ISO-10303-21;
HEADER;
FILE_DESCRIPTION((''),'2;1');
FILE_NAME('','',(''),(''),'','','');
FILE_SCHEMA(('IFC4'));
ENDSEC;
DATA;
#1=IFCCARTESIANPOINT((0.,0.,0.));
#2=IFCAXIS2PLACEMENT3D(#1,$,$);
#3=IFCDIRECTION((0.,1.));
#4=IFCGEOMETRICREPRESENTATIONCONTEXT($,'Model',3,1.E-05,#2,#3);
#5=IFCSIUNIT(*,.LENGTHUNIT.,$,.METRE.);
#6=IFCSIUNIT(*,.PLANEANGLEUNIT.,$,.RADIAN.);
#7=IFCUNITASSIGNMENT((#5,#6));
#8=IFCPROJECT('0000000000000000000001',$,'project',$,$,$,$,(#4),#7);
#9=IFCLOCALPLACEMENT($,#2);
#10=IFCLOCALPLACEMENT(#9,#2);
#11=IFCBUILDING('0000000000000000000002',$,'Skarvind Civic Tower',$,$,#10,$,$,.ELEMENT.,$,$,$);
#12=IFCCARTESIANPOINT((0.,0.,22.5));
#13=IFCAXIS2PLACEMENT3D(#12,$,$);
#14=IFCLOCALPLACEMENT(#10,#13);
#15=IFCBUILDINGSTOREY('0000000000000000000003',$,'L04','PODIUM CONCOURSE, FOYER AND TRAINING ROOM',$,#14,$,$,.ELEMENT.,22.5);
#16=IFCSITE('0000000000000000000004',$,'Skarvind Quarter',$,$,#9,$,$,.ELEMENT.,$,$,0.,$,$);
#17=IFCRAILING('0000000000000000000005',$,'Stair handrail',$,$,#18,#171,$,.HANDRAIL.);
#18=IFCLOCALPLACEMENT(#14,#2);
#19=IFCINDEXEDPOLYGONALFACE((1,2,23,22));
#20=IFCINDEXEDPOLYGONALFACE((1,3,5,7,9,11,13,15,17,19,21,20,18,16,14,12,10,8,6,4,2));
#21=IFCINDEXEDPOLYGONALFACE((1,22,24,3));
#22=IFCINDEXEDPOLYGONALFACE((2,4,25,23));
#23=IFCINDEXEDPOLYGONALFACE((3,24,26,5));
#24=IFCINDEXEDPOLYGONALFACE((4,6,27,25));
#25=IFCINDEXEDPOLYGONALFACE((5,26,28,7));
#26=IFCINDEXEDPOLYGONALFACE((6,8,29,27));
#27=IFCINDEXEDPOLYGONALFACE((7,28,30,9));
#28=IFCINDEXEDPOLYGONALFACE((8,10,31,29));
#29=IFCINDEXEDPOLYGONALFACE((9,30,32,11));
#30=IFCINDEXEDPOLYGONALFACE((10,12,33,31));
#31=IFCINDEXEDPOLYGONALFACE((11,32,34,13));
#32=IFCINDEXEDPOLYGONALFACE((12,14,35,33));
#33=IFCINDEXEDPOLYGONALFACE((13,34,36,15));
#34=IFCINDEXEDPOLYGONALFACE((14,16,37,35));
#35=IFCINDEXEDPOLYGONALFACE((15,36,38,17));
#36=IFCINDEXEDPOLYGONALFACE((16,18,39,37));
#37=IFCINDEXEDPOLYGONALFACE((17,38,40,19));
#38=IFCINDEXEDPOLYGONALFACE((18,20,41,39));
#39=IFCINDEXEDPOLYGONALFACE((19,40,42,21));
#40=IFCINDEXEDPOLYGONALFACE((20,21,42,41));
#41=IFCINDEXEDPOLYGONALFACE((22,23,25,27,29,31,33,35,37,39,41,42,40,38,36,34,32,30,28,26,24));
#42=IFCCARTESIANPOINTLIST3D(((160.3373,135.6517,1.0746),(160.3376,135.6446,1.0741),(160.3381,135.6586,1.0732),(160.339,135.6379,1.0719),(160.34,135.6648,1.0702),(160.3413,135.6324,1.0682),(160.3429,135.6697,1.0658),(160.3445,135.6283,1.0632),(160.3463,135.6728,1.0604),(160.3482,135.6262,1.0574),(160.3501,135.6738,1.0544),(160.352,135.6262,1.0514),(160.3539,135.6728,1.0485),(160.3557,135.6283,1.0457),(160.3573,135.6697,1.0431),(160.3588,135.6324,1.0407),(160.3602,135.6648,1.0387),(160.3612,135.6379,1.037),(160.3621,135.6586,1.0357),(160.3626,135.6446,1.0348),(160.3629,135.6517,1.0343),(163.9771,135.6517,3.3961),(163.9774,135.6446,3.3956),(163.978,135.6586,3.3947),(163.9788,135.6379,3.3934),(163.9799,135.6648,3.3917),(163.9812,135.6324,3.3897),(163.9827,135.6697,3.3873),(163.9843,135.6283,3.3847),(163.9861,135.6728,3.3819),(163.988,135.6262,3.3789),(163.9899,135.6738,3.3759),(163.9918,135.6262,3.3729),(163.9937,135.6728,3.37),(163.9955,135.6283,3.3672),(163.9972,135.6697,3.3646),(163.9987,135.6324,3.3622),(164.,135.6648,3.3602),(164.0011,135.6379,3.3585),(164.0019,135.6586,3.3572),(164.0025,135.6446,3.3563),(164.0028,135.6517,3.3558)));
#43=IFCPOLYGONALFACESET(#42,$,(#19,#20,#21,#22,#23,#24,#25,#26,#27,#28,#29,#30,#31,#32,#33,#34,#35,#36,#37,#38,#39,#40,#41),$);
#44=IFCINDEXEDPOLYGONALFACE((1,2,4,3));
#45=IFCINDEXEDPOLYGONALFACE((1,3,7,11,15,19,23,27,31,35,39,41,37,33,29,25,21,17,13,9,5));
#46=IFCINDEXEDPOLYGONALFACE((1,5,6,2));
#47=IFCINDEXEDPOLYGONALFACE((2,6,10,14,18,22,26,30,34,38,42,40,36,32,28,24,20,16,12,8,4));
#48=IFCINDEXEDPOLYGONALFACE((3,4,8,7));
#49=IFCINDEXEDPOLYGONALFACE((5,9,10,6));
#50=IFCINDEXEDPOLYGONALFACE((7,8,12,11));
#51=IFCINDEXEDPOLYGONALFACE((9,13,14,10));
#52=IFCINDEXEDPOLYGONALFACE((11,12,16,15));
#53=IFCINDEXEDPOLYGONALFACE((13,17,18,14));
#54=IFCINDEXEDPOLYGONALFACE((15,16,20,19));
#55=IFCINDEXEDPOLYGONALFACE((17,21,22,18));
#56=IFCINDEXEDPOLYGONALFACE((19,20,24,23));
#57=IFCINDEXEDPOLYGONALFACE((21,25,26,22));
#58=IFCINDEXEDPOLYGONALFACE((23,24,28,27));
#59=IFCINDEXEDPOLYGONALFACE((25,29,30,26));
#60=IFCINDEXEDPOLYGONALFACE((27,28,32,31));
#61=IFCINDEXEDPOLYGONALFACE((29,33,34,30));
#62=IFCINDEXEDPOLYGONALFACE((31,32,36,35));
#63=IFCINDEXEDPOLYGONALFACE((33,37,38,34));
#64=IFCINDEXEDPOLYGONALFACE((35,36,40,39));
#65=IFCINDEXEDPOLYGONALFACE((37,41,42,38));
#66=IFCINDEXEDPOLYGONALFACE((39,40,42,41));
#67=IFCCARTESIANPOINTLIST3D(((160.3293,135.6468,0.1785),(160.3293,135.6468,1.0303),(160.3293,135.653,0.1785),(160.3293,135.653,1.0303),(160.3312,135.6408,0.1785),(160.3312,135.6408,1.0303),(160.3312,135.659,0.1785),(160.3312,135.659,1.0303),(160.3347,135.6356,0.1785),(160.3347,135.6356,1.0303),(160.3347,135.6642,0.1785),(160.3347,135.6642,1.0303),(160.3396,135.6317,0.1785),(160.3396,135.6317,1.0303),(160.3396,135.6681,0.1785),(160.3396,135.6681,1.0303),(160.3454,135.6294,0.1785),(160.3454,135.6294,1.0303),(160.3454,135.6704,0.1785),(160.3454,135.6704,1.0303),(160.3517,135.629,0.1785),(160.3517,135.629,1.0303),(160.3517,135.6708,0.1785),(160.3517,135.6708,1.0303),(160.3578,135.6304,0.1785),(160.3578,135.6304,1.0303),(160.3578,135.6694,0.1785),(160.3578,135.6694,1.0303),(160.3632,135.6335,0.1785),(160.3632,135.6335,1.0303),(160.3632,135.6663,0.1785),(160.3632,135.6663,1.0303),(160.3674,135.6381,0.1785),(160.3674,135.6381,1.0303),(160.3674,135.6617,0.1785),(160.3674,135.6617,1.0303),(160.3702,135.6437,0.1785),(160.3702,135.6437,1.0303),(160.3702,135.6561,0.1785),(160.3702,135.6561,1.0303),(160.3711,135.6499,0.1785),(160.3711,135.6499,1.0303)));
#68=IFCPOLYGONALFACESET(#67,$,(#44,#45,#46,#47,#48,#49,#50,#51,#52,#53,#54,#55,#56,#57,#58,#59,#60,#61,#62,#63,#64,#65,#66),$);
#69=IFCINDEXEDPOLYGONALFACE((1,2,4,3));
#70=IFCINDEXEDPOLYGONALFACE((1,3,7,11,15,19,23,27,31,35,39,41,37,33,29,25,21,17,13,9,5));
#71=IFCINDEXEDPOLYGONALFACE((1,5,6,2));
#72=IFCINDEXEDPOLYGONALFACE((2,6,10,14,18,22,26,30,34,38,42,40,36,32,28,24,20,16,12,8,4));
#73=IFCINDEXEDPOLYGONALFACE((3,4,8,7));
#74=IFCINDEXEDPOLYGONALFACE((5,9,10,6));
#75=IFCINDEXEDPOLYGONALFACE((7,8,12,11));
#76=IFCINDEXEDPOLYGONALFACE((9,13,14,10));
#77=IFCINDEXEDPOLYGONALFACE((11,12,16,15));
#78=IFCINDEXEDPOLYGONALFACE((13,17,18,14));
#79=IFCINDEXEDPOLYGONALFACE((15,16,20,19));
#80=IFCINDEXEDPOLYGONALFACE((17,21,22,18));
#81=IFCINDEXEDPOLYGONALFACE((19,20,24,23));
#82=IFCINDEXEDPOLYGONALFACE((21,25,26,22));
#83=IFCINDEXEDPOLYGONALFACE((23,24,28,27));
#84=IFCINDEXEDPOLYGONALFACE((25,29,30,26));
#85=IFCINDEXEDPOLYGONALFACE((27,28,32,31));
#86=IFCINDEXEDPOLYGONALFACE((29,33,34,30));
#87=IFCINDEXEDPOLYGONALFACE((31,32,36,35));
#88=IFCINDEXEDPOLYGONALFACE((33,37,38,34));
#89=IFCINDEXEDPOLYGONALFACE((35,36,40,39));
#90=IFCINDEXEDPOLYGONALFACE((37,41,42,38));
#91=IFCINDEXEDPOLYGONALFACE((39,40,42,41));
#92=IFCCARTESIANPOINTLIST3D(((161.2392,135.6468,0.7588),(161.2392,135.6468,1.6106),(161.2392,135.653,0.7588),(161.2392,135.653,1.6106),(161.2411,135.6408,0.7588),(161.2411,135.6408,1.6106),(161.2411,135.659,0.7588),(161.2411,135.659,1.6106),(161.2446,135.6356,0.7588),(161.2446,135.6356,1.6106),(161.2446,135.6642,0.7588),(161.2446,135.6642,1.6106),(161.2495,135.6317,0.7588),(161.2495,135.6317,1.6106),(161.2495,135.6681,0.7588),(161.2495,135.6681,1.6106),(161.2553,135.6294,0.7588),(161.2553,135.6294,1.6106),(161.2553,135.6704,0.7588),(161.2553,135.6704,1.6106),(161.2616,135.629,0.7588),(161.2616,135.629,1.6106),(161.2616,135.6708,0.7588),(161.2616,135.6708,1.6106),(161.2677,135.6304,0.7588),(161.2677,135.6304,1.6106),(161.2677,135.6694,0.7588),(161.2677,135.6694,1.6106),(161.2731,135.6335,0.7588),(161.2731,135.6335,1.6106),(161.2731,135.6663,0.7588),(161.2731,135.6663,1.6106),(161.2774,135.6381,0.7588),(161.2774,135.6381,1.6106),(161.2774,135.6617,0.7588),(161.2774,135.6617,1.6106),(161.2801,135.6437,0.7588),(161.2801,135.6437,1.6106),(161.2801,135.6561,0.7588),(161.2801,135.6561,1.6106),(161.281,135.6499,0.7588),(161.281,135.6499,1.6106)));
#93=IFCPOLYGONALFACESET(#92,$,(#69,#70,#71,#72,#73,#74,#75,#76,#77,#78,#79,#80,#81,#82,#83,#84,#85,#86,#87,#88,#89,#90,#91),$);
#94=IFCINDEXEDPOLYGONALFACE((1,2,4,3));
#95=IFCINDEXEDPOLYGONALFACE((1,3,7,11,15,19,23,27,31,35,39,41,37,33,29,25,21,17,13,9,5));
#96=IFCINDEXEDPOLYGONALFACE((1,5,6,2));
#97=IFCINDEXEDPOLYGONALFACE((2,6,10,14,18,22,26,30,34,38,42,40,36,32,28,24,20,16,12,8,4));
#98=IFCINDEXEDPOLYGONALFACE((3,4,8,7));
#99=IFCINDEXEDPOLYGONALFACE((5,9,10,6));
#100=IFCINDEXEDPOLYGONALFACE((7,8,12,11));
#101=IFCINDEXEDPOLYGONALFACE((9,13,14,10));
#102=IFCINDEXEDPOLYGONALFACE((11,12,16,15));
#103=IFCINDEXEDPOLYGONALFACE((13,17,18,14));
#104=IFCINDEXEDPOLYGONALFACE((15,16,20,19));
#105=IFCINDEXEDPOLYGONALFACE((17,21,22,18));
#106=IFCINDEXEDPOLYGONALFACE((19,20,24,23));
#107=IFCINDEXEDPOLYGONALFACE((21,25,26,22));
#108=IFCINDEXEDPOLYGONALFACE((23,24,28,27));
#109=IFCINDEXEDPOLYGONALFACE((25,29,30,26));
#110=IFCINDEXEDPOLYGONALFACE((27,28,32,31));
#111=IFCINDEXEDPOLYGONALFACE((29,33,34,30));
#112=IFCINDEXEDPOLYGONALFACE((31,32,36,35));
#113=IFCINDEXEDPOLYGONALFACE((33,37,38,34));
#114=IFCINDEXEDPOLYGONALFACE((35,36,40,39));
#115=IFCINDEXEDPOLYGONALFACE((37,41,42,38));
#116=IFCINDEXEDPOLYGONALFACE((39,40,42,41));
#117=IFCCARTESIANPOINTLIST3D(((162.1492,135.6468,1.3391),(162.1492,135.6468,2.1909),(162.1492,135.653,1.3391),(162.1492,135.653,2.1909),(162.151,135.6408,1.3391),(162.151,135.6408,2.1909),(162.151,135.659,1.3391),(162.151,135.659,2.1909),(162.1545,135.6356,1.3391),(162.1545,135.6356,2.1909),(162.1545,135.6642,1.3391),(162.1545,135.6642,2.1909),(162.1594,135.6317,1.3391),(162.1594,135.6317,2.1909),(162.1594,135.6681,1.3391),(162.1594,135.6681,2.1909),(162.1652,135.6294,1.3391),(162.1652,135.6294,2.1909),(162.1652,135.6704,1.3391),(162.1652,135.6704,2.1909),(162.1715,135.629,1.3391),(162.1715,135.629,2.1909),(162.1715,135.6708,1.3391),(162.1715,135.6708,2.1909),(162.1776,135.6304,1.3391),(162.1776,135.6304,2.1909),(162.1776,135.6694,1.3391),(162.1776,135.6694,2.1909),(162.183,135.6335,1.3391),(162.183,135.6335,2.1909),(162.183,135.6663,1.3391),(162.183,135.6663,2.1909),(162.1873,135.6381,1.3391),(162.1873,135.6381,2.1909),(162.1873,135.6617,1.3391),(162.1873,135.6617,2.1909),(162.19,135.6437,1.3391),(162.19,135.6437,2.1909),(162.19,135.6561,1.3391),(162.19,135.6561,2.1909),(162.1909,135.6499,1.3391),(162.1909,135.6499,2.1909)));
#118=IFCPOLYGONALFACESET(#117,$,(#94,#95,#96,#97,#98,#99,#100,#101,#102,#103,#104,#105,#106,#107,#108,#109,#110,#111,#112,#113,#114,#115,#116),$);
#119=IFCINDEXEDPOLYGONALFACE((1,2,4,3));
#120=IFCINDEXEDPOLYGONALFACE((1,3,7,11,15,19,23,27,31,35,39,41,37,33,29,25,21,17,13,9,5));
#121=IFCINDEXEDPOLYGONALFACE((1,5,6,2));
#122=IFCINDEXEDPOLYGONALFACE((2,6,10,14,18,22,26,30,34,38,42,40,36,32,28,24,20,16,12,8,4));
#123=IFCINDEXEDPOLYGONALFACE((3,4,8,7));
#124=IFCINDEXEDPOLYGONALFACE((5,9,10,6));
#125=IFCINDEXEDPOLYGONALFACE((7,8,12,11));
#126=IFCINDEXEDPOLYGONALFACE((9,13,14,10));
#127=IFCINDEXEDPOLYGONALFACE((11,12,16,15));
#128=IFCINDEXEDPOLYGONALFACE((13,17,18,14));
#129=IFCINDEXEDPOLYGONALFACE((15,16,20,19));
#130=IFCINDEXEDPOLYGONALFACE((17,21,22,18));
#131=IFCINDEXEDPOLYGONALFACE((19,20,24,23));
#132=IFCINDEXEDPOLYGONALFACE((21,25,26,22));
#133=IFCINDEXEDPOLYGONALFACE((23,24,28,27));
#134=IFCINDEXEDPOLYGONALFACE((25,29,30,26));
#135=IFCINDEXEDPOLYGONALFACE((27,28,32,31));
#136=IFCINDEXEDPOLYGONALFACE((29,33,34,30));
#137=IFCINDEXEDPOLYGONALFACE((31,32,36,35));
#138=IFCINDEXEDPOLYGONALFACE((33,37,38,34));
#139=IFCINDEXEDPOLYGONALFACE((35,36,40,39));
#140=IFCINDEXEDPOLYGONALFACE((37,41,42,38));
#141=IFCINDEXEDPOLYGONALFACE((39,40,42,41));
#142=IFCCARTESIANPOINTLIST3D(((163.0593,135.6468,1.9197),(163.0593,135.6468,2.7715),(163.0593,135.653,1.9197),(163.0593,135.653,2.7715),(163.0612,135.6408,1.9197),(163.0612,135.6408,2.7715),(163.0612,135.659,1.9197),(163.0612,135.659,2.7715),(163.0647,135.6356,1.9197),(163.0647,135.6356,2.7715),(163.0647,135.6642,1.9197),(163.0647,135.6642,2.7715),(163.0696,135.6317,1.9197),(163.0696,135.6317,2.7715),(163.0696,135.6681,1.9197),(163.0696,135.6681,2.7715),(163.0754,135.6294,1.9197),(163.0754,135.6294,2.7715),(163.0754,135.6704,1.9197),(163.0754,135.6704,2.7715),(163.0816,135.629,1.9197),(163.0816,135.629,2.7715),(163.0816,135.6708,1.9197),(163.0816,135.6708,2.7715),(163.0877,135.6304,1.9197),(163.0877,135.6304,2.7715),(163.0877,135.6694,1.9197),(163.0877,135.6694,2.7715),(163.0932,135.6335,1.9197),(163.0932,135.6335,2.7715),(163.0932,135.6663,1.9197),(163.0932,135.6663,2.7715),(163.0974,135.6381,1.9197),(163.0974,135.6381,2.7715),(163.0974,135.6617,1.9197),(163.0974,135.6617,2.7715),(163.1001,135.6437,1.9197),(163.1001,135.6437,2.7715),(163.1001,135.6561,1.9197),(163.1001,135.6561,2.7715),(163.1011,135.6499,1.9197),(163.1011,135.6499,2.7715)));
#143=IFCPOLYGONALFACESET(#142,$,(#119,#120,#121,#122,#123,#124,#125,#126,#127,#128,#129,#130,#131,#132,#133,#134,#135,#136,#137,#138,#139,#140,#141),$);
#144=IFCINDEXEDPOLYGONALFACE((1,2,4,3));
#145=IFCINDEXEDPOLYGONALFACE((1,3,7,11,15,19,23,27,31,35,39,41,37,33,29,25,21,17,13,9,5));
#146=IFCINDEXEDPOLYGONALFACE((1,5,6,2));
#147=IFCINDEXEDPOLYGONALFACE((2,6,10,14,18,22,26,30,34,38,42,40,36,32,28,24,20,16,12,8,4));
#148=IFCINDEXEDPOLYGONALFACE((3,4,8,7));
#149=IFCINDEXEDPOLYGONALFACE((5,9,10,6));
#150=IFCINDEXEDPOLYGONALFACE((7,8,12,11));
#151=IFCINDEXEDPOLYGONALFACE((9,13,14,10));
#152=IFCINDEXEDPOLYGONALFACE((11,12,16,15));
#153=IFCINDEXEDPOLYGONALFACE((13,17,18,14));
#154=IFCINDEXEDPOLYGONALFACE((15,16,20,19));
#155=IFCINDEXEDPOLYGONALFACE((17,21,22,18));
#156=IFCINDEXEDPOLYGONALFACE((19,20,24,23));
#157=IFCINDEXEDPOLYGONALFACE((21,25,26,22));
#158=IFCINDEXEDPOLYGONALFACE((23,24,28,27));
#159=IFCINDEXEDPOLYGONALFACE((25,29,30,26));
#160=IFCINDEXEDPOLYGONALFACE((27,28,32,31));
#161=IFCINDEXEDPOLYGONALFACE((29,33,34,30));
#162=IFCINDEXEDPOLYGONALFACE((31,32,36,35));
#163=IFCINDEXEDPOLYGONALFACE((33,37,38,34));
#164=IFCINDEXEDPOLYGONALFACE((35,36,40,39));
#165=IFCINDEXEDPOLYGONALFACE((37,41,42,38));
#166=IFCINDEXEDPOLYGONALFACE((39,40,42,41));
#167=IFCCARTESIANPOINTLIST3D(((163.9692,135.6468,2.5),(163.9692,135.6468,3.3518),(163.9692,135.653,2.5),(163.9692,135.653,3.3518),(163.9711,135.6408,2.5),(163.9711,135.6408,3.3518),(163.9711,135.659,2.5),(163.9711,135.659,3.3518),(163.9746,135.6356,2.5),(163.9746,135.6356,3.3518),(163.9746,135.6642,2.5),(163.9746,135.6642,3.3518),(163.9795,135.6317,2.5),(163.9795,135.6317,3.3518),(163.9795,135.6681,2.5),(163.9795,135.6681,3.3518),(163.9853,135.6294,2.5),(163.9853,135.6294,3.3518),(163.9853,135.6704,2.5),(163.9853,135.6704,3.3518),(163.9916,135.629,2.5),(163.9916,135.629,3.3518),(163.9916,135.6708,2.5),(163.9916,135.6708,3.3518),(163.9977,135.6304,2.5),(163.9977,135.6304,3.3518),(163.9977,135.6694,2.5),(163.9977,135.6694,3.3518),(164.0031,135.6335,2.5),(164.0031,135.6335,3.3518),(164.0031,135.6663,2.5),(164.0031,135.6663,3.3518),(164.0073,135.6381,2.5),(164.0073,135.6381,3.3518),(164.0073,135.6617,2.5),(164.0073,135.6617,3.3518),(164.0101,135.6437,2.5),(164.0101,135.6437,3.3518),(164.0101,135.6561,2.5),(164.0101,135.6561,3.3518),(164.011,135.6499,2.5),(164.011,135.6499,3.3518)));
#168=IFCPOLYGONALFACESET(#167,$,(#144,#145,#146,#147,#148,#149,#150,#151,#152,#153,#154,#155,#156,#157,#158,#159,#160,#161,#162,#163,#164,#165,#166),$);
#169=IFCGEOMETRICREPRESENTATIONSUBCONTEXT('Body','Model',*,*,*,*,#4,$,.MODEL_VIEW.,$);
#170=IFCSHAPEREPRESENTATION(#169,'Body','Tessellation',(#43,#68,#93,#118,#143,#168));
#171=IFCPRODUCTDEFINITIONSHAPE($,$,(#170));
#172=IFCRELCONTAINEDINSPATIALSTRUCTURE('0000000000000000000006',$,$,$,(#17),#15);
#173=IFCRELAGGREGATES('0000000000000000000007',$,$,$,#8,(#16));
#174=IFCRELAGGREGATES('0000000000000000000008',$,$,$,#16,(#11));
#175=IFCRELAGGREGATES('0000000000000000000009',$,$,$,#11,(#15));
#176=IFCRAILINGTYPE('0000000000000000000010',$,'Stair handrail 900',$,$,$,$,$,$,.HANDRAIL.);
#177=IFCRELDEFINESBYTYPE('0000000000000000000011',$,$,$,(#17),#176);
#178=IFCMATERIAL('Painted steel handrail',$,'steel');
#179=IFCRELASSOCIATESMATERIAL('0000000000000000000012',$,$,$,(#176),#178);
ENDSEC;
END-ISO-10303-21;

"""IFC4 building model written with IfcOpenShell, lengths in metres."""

from ifc_helpers import new_model, si_unit, direction, frame, origin, origin_2d, place, context, subcontext, project, spatial, circle, extrude, material, type_object, element, save


model = new_model("IFC4")

# Units and contexts
model_context = context("Model", 3, precision=1e-05, world=origin(), true_north=direction((0.0, 1.0)))
body_context = subcontext(model_context, "Body", "Model", "MODEL_VIEW")
ifc_project = project(units=[si_unit("LENGTHUNIT", "METRE"), si_unit("PLANEANGLEUNIT", "RADIAN")], contexts=[model_context])

# Site, building, storey
site_placement = place(None, origin())
site = spatial("IfcSite", under=ifc_project, at=site_placement, Name="Skarvind Quarter", CompositionType="ELEMENT", RefElevation=0.0)
building_placement = place(site_placement, origin())
building = spatial("IfcBuilding", under=site, at=building_placement, Name="Skarvind Civic Tower", CompositionType="ELEMENT")
storey_placement = place(building_placement, frame((0.0, 0.0, 22.5)))
storey = spatial("IfcBuildingStorey", under=building, at=storey_placement, Name="L04", Description="PODIUM CONCOURSE, FOYER AND TRAINING ROOM", CompositionType="ELEMENT", Elevation=22.5)

# Railing
ifc_material_1 = material(Name="Painted steel handrail", Category="steel")
railing_type = type_object("IfcRailingType", Name="Stair handrail 900", PredefinedType="HANDRAIL", material=ifc_material_1)
railing_placement = place(storey_placement, frame((160.3501, 135.6499, 0.1785)))
element("IfcRailing", 1, at=railing_placement, inside=storey, type_object=railing_type, Name="Stair handrail", PredefinedType="HANDRAIL", context=body_context, shape_type="SweptSolid", body=[
    extrude(circle(Radius=0.0239, at=origin_2d()), frame((0.0, 0.0, 0.876), z_axis=(0.843112, 0.0, 0.537739), x_axis=(0.0, 1.0, 0.0)), (0.0, 0.0, 1.0), 4.3171),
    extrude(circle(Radius=0.021, at=origin_2d()), origin(), (0.0, 0.0, 1.0), 0.8518),
    extrude(circle(Radius=0.021, at=origin_2d()), frame((0.9099, 0.0, 0.5803)), (0.0, 0.0, 1.0), 0.8518),
    extrude(circle(Radius=0.021, at=origin_2d()), frame((1.8198, 0.0, 1.1606)), (0.0, 0.0, 1.0), 0.8518),
    extrude(circle(Radius=0.021, at=origin_2d()), frame((2.73, 0.0, 1.7412)), (0.0, 0.0, 1.0), 0.8518),
    extrude(circle(Radius=0.021, at=origin_2d()), frame((3.6399, 0.0, 2.3215)), (0.0, 0.0, 1.0), 0.8518),
])

save(model, "model.ifc")
